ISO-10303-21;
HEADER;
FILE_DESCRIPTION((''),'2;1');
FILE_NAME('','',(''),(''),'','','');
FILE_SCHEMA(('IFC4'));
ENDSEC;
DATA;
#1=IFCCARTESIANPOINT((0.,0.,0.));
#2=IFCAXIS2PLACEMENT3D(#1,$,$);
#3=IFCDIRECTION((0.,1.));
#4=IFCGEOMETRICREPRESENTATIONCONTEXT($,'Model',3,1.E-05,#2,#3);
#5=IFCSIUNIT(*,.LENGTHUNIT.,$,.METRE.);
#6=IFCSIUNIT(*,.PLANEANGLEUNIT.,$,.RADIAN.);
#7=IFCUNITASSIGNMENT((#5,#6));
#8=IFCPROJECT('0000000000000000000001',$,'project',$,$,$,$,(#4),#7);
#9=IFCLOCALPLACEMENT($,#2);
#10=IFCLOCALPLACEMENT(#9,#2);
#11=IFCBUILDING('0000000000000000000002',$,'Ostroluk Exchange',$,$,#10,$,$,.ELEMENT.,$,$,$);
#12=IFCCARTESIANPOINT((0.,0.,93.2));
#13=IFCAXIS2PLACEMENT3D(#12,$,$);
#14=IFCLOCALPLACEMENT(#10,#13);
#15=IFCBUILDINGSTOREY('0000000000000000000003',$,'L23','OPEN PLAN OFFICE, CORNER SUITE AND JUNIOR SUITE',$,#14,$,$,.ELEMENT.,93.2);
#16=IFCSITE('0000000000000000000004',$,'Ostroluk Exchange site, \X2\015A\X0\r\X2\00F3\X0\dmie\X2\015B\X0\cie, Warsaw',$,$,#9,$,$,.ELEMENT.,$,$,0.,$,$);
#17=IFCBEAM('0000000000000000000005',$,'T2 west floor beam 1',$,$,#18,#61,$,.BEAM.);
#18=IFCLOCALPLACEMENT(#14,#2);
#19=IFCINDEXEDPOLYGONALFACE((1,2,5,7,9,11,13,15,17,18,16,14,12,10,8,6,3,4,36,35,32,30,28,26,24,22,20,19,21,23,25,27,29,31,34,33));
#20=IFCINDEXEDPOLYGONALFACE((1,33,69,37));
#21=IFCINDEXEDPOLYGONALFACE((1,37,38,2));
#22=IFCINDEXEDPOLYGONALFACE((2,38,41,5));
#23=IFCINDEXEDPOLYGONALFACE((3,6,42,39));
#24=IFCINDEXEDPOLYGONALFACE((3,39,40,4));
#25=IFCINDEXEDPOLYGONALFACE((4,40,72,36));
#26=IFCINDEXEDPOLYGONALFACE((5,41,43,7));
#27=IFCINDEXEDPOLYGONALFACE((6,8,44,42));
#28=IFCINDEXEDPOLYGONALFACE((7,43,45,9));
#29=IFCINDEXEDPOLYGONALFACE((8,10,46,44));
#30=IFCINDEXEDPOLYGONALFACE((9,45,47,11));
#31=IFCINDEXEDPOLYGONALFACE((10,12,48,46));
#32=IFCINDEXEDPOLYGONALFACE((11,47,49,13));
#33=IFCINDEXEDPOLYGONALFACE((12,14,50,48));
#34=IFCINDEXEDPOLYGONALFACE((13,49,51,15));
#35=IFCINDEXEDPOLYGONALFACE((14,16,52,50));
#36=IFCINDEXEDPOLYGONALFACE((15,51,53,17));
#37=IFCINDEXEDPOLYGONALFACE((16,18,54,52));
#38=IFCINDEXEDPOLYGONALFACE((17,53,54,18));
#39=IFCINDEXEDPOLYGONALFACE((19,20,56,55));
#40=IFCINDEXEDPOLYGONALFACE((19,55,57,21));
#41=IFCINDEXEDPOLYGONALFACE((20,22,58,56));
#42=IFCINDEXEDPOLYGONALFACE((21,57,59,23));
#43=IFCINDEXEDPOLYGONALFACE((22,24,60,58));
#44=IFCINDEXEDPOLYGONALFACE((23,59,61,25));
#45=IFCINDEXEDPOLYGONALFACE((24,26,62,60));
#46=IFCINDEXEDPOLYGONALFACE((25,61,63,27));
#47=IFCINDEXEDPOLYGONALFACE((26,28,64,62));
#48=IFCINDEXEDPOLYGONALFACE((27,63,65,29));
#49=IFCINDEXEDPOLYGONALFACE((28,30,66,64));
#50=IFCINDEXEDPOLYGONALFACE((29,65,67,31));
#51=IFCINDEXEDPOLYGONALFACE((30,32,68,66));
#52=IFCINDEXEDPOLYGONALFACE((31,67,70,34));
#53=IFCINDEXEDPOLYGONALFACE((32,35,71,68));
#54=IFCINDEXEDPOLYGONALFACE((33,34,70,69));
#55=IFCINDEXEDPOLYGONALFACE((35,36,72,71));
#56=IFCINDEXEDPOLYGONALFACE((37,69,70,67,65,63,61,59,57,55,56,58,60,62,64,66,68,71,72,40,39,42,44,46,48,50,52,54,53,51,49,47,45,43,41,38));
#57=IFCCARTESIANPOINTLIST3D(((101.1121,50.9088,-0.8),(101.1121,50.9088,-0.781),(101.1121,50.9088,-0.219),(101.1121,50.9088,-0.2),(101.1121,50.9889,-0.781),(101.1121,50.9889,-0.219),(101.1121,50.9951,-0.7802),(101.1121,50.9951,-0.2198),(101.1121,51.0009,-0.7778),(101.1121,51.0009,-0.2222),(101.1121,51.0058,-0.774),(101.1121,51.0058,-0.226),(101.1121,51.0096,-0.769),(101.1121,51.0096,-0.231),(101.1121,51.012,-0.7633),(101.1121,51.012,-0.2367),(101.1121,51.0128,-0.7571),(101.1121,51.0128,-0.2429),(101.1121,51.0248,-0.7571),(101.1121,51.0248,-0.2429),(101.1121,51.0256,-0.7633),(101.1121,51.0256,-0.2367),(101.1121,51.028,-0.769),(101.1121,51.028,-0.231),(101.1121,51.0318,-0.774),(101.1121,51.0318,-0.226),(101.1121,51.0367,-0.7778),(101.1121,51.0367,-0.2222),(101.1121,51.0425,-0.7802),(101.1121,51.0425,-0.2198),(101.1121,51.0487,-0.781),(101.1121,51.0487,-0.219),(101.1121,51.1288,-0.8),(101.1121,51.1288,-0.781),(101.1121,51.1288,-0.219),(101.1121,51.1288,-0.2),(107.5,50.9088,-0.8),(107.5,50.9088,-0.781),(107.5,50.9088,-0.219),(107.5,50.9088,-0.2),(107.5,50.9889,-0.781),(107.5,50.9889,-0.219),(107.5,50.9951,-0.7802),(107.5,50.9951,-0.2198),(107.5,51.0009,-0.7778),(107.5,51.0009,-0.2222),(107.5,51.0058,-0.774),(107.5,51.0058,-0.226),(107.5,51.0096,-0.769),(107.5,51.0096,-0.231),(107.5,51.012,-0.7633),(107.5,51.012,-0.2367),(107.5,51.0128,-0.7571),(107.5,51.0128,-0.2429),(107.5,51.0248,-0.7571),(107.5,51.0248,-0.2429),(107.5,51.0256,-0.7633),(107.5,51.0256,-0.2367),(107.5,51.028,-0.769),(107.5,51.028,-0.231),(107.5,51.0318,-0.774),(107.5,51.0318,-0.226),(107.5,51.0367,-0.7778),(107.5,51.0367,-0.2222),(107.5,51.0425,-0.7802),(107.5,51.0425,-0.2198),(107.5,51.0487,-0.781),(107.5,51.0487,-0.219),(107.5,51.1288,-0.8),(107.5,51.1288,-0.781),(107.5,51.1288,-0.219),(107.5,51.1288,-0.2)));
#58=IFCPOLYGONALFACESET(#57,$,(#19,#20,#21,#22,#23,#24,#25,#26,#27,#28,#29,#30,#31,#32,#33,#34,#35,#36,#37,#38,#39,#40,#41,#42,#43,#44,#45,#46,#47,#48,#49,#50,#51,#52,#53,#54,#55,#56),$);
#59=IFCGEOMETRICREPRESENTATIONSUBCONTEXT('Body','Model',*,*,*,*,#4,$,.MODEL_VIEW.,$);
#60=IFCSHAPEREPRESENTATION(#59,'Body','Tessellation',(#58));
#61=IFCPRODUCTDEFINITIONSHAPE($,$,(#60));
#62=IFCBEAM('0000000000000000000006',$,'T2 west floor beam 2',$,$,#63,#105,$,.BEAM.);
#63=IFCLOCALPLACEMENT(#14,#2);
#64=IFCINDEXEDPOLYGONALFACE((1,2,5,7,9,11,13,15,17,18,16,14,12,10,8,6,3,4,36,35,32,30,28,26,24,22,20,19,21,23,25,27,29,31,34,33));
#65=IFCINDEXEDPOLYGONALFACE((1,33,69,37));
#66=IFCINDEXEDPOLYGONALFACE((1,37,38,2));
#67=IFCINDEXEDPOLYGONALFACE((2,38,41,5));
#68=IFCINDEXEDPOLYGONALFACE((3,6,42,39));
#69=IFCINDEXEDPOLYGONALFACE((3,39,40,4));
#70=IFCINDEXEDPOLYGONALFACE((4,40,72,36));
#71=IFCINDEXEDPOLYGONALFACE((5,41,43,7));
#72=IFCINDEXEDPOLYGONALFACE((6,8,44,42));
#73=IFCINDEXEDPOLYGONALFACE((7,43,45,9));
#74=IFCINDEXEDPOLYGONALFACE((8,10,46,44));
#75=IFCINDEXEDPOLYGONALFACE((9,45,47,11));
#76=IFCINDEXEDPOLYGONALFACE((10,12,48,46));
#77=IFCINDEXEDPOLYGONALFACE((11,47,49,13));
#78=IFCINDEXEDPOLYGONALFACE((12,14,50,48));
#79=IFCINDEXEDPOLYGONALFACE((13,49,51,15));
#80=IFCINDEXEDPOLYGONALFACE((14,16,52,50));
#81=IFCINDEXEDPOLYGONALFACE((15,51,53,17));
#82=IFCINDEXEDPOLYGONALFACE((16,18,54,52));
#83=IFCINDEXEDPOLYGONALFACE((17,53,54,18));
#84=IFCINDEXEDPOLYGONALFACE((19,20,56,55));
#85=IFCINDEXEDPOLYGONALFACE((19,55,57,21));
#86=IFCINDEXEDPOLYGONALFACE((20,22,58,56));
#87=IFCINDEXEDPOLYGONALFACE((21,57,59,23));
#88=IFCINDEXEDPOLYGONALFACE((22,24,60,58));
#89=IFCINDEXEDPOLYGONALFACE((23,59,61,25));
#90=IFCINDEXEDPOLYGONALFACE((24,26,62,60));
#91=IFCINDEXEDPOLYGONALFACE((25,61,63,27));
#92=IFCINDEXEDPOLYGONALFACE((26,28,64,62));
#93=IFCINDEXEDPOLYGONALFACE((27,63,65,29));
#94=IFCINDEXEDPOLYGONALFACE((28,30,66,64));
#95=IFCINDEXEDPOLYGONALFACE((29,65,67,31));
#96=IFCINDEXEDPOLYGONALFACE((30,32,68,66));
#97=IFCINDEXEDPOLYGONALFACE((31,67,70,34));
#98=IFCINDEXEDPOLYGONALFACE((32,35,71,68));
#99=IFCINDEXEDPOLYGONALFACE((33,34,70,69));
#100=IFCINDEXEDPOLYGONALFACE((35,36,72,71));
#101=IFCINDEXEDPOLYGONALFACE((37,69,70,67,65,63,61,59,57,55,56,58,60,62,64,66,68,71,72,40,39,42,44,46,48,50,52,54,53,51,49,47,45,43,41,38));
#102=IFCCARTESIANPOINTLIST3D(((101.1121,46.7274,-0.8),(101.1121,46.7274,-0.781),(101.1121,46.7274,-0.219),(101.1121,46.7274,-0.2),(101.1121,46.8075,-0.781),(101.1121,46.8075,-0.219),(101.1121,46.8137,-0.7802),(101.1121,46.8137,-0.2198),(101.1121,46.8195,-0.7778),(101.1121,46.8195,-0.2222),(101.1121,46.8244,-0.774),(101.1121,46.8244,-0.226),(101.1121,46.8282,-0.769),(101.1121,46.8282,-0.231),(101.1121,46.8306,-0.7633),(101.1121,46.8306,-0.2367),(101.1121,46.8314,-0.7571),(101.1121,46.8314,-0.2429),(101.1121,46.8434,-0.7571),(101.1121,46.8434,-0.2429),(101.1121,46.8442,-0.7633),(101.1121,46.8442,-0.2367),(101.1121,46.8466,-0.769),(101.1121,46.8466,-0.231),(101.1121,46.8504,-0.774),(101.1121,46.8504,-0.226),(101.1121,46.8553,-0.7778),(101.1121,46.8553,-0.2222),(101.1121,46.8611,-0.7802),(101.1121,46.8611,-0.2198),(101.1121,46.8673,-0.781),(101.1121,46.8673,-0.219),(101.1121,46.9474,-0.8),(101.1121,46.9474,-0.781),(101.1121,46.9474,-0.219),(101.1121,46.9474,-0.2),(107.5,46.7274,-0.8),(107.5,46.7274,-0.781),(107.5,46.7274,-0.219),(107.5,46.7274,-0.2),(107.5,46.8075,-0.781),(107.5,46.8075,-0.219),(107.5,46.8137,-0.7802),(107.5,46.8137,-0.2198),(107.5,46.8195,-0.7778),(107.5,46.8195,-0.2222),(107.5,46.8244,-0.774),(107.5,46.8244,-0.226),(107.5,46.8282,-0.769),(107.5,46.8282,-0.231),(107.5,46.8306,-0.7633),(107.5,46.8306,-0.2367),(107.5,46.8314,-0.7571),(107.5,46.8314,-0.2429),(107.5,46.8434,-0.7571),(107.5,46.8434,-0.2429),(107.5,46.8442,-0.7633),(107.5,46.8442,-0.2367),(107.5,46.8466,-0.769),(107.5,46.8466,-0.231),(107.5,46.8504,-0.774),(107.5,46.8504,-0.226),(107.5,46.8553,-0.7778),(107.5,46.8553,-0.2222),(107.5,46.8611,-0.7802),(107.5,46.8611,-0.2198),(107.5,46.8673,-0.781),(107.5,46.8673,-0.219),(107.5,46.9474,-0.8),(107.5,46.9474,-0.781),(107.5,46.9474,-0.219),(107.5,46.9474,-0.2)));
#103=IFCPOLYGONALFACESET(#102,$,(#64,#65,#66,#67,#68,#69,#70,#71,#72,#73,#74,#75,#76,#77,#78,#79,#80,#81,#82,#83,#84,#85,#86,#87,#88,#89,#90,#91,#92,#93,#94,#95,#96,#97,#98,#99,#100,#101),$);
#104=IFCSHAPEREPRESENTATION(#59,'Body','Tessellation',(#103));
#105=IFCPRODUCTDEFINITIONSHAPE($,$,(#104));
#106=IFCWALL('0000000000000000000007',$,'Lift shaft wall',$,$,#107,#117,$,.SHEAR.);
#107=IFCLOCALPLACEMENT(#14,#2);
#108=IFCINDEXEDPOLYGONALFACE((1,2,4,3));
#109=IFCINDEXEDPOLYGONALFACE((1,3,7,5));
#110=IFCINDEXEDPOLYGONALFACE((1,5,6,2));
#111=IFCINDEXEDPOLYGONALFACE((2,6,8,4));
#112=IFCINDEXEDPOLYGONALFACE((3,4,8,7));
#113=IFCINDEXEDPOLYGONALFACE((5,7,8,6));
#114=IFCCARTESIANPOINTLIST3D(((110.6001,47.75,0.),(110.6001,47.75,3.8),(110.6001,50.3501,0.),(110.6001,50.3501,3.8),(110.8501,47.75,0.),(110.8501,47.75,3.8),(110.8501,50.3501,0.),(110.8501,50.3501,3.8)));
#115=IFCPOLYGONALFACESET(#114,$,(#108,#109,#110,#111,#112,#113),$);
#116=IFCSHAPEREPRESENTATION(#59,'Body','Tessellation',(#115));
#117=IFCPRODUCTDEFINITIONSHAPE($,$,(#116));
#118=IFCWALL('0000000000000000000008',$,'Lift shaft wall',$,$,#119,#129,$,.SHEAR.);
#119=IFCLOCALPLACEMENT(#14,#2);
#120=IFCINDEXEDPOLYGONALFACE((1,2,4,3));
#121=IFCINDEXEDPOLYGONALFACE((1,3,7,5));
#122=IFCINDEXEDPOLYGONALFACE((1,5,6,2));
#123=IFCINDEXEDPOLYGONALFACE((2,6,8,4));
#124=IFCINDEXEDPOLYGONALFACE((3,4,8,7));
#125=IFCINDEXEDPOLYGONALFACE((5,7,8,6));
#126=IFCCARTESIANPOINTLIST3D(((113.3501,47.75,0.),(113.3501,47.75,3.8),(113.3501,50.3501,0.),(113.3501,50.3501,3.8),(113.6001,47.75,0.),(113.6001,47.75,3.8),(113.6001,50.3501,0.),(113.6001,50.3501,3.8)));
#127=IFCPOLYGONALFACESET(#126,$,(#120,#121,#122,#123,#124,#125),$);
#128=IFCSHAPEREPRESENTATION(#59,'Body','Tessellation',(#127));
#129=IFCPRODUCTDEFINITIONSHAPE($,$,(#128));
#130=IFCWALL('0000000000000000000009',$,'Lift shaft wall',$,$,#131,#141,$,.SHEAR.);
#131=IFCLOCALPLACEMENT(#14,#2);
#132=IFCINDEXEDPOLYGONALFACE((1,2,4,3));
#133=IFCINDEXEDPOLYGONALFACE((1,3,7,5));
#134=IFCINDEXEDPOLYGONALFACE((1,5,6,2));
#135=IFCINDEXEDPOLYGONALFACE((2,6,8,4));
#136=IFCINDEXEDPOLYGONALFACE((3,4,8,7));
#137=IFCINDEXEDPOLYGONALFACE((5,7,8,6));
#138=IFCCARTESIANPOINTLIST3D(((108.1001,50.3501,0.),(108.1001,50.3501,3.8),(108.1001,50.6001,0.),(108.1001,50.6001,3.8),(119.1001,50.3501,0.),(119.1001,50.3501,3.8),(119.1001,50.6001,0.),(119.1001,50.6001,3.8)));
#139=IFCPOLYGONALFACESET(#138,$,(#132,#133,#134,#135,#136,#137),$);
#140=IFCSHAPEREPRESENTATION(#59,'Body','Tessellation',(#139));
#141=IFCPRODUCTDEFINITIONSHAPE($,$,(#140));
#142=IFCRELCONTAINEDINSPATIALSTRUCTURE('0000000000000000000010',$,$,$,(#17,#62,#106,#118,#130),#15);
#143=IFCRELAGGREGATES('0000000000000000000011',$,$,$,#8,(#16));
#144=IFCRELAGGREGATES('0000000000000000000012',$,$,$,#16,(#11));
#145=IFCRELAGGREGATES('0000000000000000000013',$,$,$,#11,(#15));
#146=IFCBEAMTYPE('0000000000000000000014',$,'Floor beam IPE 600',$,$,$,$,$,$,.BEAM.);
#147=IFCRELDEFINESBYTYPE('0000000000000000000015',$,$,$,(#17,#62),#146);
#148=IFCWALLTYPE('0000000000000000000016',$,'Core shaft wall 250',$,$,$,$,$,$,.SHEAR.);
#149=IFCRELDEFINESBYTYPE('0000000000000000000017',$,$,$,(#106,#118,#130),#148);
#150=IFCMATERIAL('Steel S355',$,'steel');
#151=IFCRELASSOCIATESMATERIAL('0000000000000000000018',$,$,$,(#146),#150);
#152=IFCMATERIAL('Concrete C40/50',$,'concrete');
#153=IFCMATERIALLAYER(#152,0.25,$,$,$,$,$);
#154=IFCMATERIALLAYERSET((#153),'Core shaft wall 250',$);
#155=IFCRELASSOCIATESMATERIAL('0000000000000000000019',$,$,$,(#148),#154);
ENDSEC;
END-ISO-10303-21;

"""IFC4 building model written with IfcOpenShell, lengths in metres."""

from ifc_helpers import new_model, si_unit, direction, frame, frame_2d, origin, origin_2d, place, context, subcontext, project, spatial, rectangle, i_section, extrude, material, layer, layer_set, material_profile, profile_set, type_object, element, save


model = new_model("IFC4")

# Units and contexts
model_context = context("Model", 3, precision=1e-05, world=origin(), true_north=direction((0.0, 1.0)))
body_context = subcontext(model_context, "Body", "Model", "MODEL_VIEW")
ifc_project = project(units=[si_unit("LENGTHUNIT", "METRE"), si_unit("PLANEANGLEUNIT", "RADIAN")], contexts=[model_context])

# Site, building, storey
site_placement = place(None, origin())
site = spatial("IfcSite", under=ifc_project, at=site_placement, Name="Ostroluk Exchange site, Śródmieście, Warsaw", CompositionType="ELEMENT", RefElevation=0.0)
building_placement = place(site_placement, origin())
building = spatial("IfcBuilding", under=site, at=building_placement, Name="Ostroluk Exchange", CompositionType="ELEMENT")
storey_placement = place(building_placement, frame((0.0, 0.0, 93.2)))
storey = spatial("IfcBuildingStorey", under=building, at=storey_placement, Name="L23", Description="OPEN PLAN OFFICE, CORNER SUITE AND JUNIOR SUITE", CompositionType="ELEMENT", Elevation=93.2)

# Beams
ifc_material_1 = material(Name="Steel S355", Category="steel")
ifc_material_profile = material_profile(ifc_material_1, i_section(OverallWidth=0.22, OverallDepth=0.6001, WebThickness=0.012, FlangeThickness=0.019, FilletRadius=0.0239, at=origin_2d()), Name="IPE 600")
ifc_profile_set = profile_set([ifc_material_profile], Name="Steel S355")
beam_type = type_object("IfcBeamType", Name="Floor beam IPE 600", PredefinedType="BEAM", material=ifc_profile_set)
for number, where, z_axis, x_axis, name in (
    (1, (107.5, 51.0188, -0.5), (-1.0, 0.0, 0.0), (0.0, -1.0, 0.0), "T2 west floor beam 1"),
    (2, (107.5, 46.8374, -0.5), (-1.0, 0.0, 0.0), (0.0, -1.0, 0.0), "T2 west floor beam 2"),
):
    element("IfcBeam", number, at=place(storey_placement, frame(where, z_axis=z_axis, x_axis=x_axis)), inside=storey, type_object=beam_type, Name=name, PredefinedType="BEAM", context=body_context, shape_type="SweptSolid", body=[
        extrude(i_section(OverallWidth=0.22, OverallDepth=0.6001, WebThickness=0.012, FlangeThickness=0.019, FilletRadius=0.0239, at=origin_2d()), origin(), (0.0, 0.0, 1.0), 6.3879),
    ])

# Walls
ifc_material_2 = material(Name="Concrete C40/50", Category="concrete")
ifc_layer_1 = layer(ifc_material_2, 0.25)
ifc_layer_set_1 = layer_set([ifc_layer_1], Name="Core shaft wall 250")
wall_type_1 = type_object("IfcWallType", Name="Core shaft wall 250", PredefinedType="SHEAR", material=ifc_layer_set_1)
for number, where, z_axis, x_axis, name in (
    (3, (110.7251, 47.75, 0.0), (0.0, 0.0, 1.0), (0.0, 1.0, 0.0), "Lift shaft wall"),
    (4, (113.4751, 47.75, 0.0), (0.0, 0.0, 1.0), (0.0, 1.0, 0.0), "Lift shaft wall"),
):
    element("IfcWall", number, at=place(storey_placement, frame(where, z_axis=z_axis, x_axis=x_axis)), inside=storey, type_object=wall_type_1, Name=name, PredefinedType="SHEAR", context=body_context, shape_type="SweptSolid", body=[
        extrude(rectangle(XDim=2.6001, YDim=0.25, at=frame_2d((1.3, 0.0))), origin(), (0.0, 0.0, 1.0), 3.8),
    ])
wall_1_placement = place(storey_placement, frame((108.1001, 50.4751, 0.0), z_axis=(0.0, 0.0, 1.0), x_axis=(1.0, 0.0, 0.0)))
element("IfcWall", 5, at=wall_1_placement, inside=storey, type_object=wall_type_1, Name="Lift shaft wall", PredefinedType="SHEAR", context=body_context, shape_type="SweptSolid", body=[
    extrude(rectangle(XDim=11.0, YDim=0.25, at=frame_2d((5.5, 0.0))), origin(), (0.0, 0.0, 1.0), 3.8),
])

save(model, "model.ifc")
